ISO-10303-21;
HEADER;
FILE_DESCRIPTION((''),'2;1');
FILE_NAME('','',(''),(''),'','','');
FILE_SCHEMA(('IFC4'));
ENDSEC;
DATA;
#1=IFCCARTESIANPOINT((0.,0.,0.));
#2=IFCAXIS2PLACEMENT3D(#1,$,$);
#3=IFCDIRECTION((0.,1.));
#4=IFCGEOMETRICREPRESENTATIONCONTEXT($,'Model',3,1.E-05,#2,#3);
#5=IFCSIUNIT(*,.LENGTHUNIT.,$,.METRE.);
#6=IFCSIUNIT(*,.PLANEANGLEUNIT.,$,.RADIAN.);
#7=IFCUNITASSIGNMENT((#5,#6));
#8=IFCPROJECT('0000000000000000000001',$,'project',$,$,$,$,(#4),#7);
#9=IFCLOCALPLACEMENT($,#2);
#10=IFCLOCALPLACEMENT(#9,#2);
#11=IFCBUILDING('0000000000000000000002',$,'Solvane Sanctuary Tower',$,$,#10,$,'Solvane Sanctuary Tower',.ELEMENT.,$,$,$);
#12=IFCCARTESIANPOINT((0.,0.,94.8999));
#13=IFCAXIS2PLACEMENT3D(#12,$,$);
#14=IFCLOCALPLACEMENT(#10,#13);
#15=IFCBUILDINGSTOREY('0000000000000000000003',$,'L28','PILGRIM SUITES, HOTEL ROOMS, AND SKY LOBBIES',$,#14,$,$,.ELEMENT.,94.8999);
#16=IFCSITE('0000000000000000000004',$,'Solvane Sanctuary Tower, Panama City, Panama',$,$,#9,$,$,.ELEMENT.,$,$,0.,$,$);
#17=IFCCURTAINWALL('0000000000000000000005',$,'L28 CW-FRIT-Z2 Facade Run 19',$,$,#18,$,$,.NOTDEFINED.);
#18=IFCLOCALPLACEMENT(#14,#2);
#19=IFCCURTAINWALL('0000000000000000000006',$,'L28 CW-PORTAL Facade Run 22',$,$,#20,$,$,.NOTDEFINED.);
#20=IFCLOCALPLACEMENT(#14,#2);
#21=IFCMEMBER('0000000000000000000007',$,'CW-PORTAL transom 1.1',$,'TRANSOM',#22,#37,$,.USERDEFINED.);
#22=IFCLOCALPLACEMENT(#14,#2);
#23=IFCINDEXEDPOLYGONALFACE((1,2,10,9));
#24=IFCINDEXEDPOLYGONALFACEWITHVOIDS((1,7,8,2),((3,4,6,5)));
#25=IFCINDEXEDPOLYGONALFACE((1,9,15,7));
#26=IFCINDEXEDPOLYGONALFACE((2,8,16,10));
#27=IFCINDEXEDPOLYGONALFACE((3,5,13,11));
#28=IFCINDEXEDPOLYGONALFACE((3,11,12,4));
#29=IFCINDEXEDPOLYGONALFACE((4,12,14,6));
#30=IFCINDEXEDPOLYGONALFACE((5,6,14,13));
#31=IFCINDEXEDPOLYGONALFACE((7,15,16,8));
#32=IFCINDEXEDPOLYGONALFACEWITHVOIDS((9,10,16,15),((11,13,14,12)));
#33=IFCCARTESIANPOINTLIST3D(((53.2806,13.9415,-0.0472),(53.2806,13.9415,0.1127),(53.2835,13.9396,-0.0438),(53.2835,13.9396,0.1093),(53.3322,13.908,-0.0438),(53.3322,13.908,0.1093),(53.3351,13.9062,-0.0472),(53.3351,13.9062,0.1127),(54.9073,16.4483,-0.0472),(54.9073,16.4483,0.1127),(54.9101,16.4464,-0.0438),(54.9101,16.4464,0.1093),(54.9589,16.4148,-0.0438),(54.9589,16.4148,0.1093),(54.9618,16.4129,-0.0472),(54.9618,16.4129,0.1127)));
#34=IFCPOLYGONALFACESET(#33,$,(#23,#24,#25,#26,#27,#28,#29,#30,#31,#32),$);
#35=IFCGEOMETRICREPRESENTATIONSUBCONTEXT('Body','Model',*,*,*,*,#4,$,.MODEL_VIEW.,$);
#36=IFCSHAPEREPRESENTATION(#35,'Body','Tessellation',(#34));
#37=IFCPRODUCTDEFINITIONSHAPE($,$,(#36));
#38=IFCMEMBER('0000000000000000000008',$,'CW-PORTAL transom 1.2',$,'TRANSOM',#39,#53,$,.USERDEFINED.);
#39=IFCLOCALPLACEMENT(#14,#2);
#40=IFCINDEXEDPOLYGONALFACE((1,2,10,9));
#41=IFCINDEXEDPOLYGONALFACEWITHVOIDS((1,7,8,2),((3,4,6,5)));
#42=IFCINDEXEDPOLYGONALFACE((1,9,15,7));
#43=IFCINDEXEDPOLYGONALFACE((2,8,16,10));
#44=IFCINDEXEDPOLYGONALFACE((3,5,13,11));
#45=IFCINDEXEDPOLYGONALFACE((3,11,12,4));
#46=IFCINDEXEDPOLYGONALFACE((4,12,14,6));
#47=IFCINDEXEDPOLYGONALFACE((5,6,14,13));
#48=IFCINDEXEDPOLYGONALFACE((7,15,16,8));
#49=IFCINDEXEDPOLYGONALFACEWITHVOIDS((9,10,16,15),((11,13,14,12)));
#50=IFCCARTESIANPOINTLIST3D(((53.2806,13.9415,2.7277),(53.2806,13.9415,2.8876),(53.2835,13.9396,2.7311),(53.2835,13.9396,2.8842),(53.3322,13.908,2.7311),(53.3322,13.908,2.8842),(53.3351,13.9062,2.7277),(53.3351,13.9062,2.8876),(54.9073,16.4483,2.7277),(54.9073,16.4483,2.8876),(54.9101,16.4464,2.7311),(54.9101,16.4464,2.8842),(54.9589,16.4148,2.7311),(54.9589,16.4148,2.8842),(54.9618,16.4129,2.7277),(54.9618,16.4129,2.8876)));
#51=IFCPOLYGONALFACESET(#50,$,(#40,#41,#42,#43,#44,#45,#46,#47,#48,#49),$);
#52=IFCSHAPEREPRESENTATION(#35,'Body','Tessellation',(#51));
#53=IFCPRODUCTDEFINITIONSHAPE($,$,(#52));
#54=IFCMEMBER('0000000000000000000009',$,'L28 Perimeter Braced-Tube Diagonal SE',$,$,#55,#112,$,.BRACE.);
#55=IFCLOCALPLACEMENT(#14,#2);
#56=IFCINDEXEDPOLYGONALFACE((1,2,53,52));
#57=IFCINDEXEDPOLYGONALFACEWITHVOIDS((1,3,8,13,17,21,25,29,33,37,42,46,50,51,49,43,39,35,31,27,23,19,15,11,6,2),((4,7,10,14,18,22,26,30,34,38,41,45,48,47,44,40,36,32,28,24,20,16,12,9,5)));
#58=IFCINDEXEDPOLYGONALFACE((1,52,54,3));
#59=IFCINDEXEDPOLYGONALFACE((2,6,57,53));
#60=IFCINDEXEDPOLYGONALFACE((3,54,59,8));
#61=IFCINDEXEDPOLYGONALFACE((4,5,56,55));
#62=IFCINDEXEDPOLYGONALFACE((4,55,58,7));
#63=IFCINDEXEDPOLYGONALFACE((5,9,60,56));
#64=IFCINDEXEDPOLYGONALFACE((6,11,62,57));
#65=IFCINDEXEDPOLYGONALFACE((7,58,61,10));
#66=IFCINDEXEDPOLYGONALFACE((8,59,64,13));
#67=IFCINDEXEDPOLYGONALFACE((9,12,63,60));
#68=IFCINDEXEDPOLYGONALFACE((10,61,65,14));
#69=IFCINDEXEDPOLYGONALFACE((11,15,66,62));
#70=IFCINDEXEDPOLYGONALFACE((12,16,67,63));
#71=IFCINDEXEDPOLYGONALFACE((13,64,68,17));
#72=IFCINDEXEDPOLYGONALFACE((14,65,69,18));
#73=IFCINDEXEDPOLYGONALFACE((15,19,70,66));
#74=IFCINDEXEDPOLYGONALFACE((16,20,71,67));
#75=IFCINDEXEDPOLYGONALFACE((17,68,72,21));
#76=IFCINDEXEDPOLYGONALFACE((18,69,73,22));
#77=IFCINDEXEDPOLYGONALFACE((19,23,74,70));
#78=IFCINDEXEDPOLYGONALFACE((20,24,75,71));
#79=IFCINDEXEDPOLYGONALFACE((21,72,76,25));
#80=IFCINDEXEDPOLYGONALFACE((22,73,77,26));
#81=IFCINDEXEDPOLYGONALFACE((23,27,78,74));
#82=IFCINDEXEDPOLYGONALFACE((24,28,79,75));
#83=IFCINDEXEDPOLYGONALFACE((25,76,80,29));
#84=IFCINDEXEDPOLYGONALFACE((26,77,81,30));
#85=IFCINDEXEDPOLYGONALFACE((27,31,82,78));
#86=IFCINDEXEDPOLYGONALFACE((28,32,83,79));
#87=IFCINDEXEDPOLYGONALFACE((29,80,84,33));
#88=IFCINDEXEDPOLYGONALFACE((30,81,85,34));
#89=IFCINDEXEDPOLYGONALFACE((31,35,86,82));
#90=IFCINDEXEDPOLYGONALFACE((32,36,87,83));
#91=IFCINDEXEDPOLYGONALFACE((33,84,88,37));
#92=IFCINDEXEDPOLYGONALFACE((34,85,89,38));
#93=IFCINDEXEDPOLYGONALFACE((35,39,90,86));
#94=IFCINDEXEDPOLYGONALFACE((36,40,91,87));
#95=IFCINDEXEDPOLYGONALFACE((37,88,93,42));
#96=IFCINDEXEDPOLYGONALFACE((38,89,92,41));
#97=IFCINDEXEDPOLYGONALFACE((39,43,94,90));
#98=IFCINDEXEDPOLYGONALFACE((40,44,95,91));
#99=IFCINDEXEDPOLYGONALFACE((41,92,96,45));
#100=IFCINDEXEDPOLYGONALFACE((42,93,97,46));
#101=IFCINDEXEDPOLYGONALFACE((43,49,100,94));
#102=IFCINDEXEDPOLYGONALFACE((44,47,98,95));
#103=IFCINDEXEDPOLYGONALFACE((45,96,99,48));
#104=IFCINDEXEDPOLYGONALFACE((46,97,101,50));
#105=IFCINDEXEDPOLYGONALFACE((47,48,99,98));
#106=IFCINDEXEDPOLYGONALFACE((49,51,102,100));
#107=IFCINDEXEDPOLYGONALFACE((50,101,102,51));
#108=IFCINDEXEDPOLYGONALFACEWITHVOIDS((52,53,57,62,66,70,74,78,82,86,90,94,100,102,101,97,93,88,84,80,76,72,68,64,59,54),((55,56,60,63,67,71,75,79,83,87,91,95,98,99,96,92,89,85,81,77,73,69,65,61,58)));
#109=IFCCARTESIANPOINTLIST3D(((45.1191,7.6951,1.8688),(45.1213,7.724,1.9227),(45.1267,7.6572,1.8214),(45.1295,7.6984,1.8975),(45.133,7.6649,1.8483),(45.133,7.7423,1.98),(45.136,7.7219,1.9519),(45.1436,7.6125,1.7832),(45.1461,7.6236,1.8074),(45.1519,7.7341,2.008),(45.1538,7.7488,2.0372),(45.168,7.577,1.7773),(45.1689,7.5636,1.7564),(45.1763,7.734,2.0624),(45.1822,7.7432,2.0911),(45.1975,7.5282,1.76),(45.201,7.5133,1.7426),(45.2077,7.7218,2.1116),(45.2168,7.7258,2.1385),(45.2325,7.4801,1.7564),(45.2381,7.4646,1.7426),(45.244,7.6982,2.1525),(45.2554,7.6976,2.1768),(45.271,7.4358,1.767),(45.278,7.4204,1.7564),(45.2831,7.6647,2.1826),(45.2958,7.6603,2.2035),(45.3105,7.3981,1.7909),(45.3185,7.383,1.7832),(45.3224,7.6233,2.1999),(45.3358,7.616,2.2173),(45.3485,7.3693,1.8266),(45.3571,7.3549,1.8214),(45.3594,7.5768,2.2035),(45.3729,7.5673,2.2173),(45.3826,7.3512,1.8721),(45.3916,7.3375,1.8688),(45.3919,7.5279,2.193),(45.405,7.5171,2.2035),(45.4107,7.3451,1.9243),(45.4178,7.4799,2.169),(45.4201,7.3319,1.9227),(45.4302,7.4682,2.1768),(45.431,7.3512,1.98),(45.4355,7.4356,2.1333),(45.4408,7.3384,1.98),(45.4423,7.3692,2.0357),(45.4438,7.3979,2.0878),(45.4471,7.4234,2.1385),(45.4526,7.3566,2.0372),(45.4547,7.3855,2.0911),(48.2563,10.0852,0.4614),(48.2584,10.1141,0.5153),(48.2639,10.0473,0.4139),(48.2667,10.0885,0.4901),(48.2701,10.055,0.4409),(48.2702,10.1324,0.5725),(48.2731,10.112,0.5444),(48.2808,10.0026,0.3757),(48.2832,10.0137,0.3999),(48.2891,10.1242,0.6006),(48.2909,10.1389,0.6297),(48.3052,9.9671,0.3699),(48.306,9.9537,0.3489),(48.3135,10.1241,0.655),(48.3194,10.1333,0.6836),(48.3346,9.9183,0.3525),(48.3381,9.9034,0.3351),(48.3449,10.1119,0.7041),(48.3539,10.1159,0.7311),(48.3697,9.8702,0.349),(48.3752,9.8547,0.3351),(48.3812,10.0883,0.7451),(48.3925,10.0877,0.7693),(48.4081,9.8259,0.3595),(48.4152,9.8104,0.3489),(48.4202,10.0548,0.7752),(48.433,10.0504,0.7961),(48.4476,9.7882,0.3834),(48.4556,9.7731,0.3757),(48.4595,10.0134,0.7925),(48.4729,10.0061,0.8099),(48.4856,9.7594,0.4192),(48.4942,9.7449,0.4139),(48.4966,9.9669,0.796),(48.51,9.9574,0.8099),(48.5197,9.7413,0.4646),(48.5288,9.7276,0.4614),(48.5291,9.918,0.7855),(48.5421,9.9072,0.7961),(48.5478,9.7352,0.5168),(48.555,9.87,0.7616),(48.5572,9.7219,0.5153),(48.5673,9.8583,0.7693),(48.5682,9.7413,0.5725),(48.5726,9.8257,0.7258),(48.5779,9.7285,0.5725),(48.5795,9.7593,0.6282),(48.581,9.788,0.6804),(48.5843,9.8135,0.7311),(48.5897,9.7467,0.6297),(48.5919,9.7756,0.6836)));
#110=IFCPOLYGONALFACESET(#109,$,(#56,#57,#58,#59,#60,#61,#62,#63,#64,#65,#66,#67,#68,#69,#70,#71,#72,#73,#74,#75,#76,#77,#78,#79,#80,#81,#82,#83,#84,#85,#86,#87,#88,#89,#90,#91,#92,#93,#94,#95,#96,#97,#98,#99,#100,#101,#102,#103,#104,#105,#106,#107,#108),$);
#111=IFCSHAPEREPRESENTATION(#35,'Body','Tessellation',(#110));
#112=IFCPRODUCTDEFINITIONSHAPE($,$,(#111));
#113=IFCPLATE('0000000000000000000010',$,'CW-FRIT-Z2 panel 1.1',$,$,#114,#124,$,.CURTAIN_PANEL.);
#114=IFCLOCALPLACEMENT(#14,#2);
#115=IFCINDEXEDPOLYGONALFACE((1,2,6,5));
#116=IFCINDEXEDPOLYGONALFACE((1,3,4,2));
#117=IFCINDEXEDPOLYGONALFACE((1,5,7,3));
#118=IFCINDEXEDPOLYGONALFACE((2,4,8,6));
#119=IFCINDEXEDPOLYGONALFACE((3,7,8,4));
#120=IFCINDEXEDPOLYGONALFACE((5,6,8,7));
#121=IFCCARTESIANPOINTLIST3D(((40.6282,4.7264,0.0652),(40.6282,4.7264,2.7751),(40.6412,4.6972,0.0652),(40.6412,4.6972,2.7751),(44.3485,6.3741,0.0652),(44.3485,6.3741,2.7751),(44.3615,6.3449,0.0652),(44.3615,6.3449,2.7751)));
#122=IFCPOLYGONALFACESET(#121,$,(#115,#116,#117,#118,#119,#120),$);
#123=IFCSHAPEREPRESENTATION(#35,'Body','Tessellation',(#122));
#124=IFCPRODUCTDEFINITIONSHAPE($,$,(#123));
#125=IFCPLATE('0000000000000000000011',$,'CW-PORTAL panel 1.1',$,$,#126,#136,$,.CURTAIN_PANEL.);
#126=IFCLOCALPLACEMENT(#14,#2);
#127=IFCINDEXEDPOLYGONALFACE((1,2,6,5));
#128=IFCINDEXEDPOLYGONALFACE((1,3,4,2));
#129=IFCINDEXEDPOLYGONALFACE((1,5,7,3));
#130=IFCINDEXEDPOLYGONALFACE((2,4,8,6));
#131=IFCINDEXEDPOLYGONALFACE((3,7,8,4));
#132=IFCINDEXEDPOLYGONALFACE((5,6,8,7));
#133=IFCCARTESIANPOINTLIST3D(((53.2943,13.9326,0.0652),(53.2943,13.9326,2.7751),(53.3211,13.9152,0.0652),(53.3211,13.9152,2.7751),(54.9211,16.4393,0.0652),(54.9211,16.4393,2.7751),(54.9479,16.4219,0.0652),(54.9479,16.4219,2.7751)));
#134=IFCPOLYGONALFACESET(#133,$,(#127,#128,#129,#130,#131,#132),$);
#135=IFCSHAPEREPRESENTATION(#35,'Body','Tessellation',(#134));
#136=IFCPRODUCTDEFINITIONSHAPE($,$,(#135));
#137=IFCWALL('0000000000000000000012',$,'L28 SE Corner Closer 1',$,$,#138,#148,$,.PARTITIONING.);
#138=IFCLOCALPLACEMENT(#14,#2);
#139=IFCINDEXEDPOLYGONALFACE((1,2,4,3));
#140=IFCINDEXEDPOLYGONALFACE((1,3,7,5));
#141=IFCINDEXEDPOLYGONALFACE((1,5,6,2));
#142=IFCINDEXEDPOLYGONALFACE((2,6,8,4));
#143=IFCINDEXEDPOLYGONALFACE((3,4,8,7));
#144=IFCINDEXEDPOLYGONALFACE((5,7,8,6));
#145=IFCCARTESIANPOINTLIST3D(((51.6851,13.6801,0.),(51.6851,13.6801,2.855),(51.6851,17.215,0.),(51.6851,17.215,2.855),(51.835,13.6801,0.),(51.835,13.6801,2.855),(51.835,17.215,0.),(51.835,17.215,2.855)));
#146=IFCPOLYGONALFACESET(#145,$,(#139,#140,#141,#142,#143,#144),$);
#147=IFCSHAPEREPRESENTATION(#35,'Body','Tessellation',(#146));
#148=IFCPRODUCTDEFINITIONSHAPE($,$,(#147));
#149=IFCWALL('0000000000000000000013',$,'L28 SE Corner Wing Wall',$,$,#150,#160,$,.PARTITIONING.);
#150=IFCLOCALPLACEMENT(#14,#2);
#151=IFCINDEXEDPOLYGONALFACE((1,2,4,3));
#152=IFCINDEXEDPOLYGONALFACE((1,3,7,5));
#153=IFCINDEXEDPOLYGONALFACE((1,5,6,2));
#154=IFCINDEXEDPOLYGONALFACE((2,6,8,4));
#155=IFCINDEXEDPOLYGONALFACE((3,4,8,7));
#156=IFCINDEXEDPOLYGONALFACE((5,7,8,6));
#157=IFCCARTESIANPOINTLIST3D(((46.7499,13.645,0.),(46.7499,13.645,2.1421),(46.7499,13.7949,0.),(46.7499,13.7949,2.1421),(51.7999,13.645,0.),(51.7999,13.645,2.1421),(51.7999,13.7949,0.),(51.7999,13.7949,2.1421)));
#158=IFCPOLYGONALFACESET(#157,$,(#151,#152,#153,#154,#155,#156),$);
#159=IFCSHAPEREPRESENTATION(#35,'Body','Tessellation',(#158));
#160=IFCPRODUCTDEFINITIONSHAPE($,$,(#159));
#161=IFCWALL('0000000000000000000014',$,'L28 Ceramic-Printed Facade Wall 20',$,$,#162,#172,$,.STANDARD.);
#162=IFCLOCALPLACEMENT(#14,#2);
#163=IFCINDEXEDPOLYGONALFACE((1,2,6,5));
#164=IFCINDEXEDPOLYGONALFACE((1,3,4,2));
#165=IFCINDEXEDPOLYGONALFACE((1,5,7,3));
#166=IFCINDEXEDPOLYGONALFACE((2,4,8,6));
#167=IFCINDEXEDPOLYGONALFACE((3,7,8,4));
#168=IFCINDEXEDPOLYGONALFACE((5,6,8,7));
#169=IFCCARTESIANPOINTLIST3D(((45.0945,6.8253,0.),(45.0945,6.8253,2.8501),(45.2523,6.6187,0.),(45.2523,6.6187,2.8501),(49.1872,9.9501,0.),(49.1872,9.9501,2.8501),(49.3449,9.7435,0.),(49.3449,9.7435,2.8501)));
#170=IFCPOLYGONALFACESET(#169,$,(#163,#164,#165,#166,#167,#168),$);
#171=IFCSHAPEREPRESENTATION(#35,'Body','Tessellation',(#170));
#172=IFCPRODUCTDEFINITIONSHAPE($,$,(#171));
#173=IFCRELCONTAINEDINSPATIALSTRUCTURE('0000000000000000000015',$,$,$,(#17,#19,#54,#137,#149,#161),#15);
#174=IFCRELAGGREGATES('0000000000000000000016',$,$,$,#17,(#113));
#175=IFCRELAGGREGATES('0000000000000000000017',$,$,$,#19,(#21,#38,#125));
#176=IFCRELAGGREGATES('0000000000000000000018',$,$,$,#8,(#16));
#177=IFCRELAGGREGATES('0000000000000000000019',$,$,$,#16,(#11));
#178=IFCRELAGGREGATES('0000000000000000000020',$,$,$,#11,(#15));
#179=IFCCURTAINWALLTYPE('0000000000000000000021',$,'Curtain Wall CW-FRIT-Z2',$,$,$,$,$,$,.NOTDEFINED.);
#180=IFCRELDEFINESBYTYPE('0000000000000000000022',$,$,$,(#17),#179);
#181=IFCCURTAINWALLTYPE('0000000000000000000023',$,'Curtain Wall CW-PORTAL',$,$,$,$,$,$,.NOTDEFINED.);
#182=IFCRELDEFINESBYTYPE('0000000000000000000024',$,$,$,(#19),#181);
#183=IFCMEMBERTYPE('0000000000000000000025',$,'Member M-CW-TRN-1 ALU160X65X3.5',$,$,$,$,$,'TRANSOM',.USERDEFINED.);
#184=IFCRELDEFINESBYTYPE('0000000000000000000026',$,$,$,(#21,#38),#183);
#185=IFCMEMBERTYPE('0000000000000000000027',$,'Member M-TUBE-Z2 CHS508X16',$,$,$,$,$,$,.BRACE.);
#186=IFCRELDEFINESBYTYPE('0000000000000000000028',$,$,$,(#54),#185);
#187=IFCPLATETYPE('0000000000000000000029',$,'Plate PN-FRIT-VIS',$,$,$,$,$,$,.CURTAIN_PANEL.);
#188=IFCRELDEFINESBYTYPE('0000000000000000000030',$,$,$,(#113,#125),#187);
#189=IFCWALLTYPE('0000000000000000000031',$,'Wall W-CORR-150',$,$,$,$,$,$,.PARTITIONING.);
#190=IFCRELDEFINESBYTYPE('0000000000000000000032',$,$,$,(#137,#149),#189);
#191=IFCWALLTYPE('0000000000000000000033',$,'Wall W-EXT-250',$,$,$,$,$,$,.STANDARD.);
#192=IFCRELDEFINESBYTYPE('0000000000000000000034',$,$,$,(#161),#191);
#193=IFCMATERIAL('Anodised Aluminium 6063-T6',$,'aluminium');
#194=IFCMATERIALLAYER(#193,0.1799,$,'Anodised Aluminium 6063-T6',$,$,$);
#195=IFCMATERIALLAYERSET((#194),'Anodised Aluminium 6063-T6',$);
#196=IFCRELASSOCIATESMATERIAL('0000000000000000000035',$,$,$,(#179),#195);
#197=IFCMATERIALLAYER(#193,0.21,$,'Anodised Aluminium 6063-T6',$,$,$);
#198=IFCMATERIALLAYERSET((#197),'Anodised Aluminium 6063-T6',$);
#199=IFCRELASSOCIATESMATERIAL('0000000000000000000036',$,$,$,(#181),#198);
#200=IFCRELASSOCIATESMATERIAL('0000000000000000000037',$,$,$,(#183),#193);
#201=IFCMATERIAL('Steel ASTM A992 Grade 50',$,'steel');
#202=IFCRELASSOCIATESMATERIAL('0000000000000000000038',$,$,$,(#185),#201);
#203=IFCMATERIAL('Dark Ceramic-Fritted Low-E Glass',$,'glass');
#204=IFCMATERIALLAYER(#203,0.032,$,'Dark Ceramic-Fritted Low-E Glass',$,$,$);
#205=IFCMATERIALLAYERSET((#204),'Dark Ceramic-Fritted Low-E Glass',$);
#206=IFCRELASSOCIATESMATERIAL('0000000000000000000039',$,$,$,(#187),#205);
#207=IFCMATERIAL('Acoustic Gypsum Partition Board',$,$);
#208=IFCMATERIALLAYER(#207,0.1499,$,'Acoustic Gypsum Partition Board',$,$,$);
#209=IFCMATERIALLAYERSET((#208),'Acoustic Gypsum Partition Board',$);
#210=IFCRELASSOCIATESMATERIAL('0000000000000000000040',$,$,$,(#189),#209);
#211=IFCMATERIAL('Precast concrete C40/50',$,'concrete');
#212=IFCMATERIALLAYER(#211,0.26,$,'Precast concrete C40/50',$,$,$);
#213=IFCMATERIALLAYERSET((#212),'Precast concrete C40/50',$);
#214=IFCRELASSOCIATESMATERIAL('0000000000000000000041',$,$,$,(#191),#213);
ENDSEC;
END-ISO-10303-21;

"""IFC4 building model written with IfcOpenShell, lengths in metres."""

from ifc_helpers import new_model, si_unit, direction, frame, frame_2d, origin, origin_2d, place, context, subcontext, project, spatial, rectangle, hollow_rectangle, hollow_circle, extrude, material, layer, layer_set, material_profile, profile_set, type_object, element, aggregate, save


model = new_model("IFC4")

# Units and contexts
model_context = context("Model", 3, precision=1e-05, world=origin(), true_north=direction((0.0, 1.0)))
body_context = subcontext(model_context, "Body", "Model", "MODEL_VIEW")
ifc_project = project(units=[si_unit("LENGTHUNIT", "METRE"), si_unit("PLANEANGLEUNIT", "RADIAN")], contexts=[model_context])

# Site, building, storey
site_placement = place(None, origin())
site = spatial("IfcSite", under=ifc_project, at=site_placement, Name="Solvane Sanctuary Tower, Panama City, Panama", CompositionType="ELEMENT", RefElevation=0.0)
building_placement = place(site_placement, origin())
building = spatial("IfcBuilding", under=site, at=building_placement, Name="Solvane Sanctuary Tower", LongName="Solvane Sanctuary Tower", CompositionType="ELEMENT")
storey_placement = place(building_placement, frame((0.0, 0.0, 94.8999)))
storey = spatial("IfcBuildingStorey", under=building, at=storey_placement, Name="L28", Description="PILGRIM SUITES, HOTEL ROOMS, AND SKY LOBBIES", CompositionType="ELEMENT", Elevation=94.8999)

# Shared definitions
ifc_material_1 = material(Name="Steel ASTM A992 Grade 50", Category="steel")

# Curtain wall
ifc_material_2 = material(Name="Anodised Aluminium 6063-T6", Category="aluminium")
ifc_layer_1 = layer(ifc_material_2, 0.1799, Name="Anodised Aluminium 6063-T6")
ifc_layer_set_1 = layer_set([ifc_layer_1], Name="Anodised Aluminium 6063-T6")
curtain_wall_type_1 = type_object("IfcCurtainWallType", Name="Curtain Wall CW-FRIT-Z2", PredefinedType="NOTDEFINED", material=ifc_layer_set_1)
curtain_wall_1_placement = place(storey_placement, origin())
curtain_wall_1 = element("IfcCurtainWall", 1, at=curtain_wall_1_placement, inside=storey, type_object=curtain_wall_type_1, Name="L28 CW-FRIT-Z2 Facade Run 19", PredefinedType="NOTDEFINED")

# Curtain wall, members
ifc_layer_2 = layer(ifc_material_2, 0.21, Name="Anodised Aluminium 6063-T6")
ifc_layer_set_2 = layer_set([ifc_layer_2], Name="Anodised Aluminium 6063-T6")
curtain_wall_type_2 = type_object("IfcCurtainWallType", Name="Curtain Wall CW-PORTAL", PredefinedType="NOTDEFINED", material=ifc_layer_set_2)
curtain_wall_2_placement = place(storey_placement, origin())
curtain_wall_2 = element("IfcCurtainWall", 2, at=curtain_wall_2_placement, inside=storey, type_object=curtain_wall_type_2, Name="L28 CW-PORTAL Facade Run 22", PredefinedType="NOTDEFINED")
ifc_material_profile_1 = material_profile(ifc_material_2, hollow_rectangle(XDim=0.0649, YDim=0.1599, WallThickness=0.0034, at=origin_2d()), Name="ALU160X65X3.5")
ifc_profile_set_1 = profile_set([ifc_material_profile_1], Name="Anodised Aluminium 6063-T6")
member_type_1 = type_object("IfcMemberType", Name="Member M-CW-TRN-1 ALU160X65X3.5", ElementType="TRANSOM", PredefinedType="USERDEFINED", material=ifc_profile_set_1)
member_1_placement = place(storey_placement, frame((53.3079, 13.9238, 0.0327), z_axis=(0.544345, 0.838861, 0.0), x_axis=(-0.838861, 0.544345, 0.0)))
member_1 = element("IfcMember", 3, at=member_1_placement, type_object=member_type_1, Name="CW-PORTAL transom 1.1", ObjectType="TRANSOM", PredefinedType="USERDEFINED", context=body_context, shape_type="SweptSolid", body=[
    extrude(hollow_rectangle(XDim=0.0649, YDim=0.1599, WallThickness=0.0034, at=origin_2d()), origin(), (0.0, 0.0, 1.0), 2.9883),
])
member_2_placement = place(storey_placement, frame((53.3079, 13.9238, 2.8076), z_axis=(0.544345, 0.838861, 0.0), x_axis=(-0.838861, 0.544345, 0.0)))
member_2 = element("IfcMember", 4, at=member_2_placement, type_object=member_type_1, Name="CW-PORTAL transom 1.2", ObjectType="TRANSOM", PredefinedType="USERDEFINED", context=body_context, shape_type="SweptSolid", body=[
    extrude(hollow_rectangle(XDim=0.0649, YDim=0.1599, WallThickness=0.0034, at=origin_2d()), origin(), (0.0, 0.0, 1.0), 2.9883),
])

# Member
ifc_material_profile_2 = material_profile(ifc_material_1, hollow_circle(Radius=0.2539, WallThickness=0.0161, at=origin_2d()), Name="CHS508X16")
ifc_profile_set_2 = profile_set([ifc_material_profile_2], Name="Steel ASTM A992 Grade 50")
member_type_2 = type_object("IfcMemberType", Name="Member M-TUBE-Z2 CHS508X16", PredefinedType="BRACE", material=ifc_profile_set_2)
member_3_placement = place(storey_placement, frame((48.4241, 9.9304, 0.5725), z_axis=(-0.74917, -0.570769, 0.336106), x_axis=(0.606025, -0.795446, 0.0)))
element("IfcMember", 5, at=member_3_placement, inside=storey, type_object=member_type_2, Name="L28 Perimeter Braced-Tube Diagonal SE", PredefinedType="BRACE", context=body_context, shape_type="SweptSolid", body=[
    extrude(hollow_circle(Radius=0.2539, WallThickness=0.0161, at=origin_2d()), origin(), (0.0, 0.0, 1.0), 4.1875),
])

# Plates
ifc_material_3 = material(Name="Dark Ceramic-Fritted Low-E Glass", Category="glass")
ifc_layer_3 = layer(ifc_material_3, 0.032, Name="Dark Ceramic-Fritted Low-E Glass")
ifc_layer_set_3 = layer_set([ifc_layer_3], Name="Dark Ceramic-Fritted Low-E Glass")
plate_type = type_object("IfcPlateType", Name="Plate PN-FRIT-VIS", PredefinedType="CURTAIN_PANEL", material=ifc_layer_set_3)
plate_1_placement = place(storey_placement, frame((42.4949, 5.5356, 0.0652), z_axis=(0.0, 0.0, 1.0), x_axis=(0.914339, 0.404951, 0.0)))
plate_1 = element("IfcPlate", 6, at=plate_1_placement, type_object=plate_type, Name="CW-FRIT-Z2 panel 1.1", PredefinedType="CURTAIN_PANEL", context=body_context, shape_type="SweptSolid", body=[
    extrude(rectangle(XDim=4.0688, YDim=0.032, at=origin_2d()), origin(), (0.0, 0.0, 1.0), 2.71),
])
aggregate(curtain_wall_1, [plate_1])
plate_2_placement = place(storey_placement, frame((54.1211, 15.1772, 0.0652), z_axis=(0.0, 0.0, 1.0), x_axis=(0.544378, 0.83884, 0.0)))
plate_2 = element("IfcPlate", 7, at=plate_2_placement, type_object=plate_type, Name="CW-PORTAL panel 1.1", PredefinedType="CURTAIN_PANEL", context=body_context, shape_type="SweptSolid", body=[
    extrude(rectangle(XDim=2.9883, YDim=0.032, at=origin_2d()), origin(), (0.0, 0.0, 1.0), 2.71),
])
aggregate(curtain_wall_2, [member_1, member_2, plate_2])

# Walls
ifc_material_4 = material(Name="Acoustic Gypsum Partition Board")
ifc_layer_4 = layer(ifc_material_4, 0.1499, Name="Acoustic Gypsum Partition Board")
ifc_layer_set_4 = layer_set([ifc_layer_4], Name="Acoustic Gypsum Partition Board")
wall_type_1 = type_object("IfcWallType", Name="Wall W-CORR-150", PredefinedType="PARTITIONING", material=ifc_layer_set_4)
wall_1_placement = place(storey_placement, frame((51.76, 13.6799, 0.0), z_axis=(0.0, 0.0, 1.0), x_axis=(0.0, 1.0, 0.0)))
element("IfcWall", 8, at=wall_1_placement, inside=storey, type_object=wall_type_1, Name="L28 SE Corner Closer 1", PredefinedType="PARTITIONING", context=body_context, shape_type="SweptSolid", body=[
    extrude(rectangle(XDim=3.5349, YDim=0.1499, at=frame_2d((1.7676, 0.0))), origin(), (0.0, 0.0, 1.0), 2.855),
])
wall_2_placement = place(storey_placement, frame((46.75, 13.72, 0.0), z_axis=(0.0, 0.0, 1.0), x_axis=(1.0, 0.0, 0.0)))
element("IfcWall", 9, at=wall_2_placement, inside=storey, type_object=wall_type_1, Name="L28 SE Corner Wing Wall", PredefinedType="PARTITIONING", context=body_context, shape_type="SweptSolid", body=[
    extrude(rectangle(XDim=5.05, YDim=0.1499, at=frame_2d((2.5249, 0.0))), origin(), (0.0, 0.0, 1.0), 2.1421),
])
ifc_material_5 = material(Name="Precast concrete C40/50", Category="concrete")
ifc_layer_5 = layer(ifc_material_5, 0.26, Name="Precast concrete C40/50")
ifc_layer_set_5 = layer_set([ifc_layer_5], Name="Precast concrete C40/50")
wall_type_2 = type_object("IfcWallType", Name="Wall W-EXT-250", PredefinedType="STANDARD", material=ifc_layer_set_5)
wall_3_placement = place(storey_placement, frame((45.1733, 6.7219, 0.0), z_axis=(0.0, 0.0, 1.0), x_axis=(0.79481, 0.606859, 0.0)))
element("IfcWall", 10, at=wall_3_placement, inside=storey, type_object=wall_type_2, Name="L28 Ceramic-Printed Facade Wall 20", PredefinedType="STANDARD", context=body_context, shape_type="SweptSolid", body=[
    extrude(rectangle(XDim=5.1492, YDim=0.26, at=frame_2d((2.5747, 0.0))), origin(), (0.0, 0.0, 1.0), 2.8501),
])

save(model, "model.ifc")
